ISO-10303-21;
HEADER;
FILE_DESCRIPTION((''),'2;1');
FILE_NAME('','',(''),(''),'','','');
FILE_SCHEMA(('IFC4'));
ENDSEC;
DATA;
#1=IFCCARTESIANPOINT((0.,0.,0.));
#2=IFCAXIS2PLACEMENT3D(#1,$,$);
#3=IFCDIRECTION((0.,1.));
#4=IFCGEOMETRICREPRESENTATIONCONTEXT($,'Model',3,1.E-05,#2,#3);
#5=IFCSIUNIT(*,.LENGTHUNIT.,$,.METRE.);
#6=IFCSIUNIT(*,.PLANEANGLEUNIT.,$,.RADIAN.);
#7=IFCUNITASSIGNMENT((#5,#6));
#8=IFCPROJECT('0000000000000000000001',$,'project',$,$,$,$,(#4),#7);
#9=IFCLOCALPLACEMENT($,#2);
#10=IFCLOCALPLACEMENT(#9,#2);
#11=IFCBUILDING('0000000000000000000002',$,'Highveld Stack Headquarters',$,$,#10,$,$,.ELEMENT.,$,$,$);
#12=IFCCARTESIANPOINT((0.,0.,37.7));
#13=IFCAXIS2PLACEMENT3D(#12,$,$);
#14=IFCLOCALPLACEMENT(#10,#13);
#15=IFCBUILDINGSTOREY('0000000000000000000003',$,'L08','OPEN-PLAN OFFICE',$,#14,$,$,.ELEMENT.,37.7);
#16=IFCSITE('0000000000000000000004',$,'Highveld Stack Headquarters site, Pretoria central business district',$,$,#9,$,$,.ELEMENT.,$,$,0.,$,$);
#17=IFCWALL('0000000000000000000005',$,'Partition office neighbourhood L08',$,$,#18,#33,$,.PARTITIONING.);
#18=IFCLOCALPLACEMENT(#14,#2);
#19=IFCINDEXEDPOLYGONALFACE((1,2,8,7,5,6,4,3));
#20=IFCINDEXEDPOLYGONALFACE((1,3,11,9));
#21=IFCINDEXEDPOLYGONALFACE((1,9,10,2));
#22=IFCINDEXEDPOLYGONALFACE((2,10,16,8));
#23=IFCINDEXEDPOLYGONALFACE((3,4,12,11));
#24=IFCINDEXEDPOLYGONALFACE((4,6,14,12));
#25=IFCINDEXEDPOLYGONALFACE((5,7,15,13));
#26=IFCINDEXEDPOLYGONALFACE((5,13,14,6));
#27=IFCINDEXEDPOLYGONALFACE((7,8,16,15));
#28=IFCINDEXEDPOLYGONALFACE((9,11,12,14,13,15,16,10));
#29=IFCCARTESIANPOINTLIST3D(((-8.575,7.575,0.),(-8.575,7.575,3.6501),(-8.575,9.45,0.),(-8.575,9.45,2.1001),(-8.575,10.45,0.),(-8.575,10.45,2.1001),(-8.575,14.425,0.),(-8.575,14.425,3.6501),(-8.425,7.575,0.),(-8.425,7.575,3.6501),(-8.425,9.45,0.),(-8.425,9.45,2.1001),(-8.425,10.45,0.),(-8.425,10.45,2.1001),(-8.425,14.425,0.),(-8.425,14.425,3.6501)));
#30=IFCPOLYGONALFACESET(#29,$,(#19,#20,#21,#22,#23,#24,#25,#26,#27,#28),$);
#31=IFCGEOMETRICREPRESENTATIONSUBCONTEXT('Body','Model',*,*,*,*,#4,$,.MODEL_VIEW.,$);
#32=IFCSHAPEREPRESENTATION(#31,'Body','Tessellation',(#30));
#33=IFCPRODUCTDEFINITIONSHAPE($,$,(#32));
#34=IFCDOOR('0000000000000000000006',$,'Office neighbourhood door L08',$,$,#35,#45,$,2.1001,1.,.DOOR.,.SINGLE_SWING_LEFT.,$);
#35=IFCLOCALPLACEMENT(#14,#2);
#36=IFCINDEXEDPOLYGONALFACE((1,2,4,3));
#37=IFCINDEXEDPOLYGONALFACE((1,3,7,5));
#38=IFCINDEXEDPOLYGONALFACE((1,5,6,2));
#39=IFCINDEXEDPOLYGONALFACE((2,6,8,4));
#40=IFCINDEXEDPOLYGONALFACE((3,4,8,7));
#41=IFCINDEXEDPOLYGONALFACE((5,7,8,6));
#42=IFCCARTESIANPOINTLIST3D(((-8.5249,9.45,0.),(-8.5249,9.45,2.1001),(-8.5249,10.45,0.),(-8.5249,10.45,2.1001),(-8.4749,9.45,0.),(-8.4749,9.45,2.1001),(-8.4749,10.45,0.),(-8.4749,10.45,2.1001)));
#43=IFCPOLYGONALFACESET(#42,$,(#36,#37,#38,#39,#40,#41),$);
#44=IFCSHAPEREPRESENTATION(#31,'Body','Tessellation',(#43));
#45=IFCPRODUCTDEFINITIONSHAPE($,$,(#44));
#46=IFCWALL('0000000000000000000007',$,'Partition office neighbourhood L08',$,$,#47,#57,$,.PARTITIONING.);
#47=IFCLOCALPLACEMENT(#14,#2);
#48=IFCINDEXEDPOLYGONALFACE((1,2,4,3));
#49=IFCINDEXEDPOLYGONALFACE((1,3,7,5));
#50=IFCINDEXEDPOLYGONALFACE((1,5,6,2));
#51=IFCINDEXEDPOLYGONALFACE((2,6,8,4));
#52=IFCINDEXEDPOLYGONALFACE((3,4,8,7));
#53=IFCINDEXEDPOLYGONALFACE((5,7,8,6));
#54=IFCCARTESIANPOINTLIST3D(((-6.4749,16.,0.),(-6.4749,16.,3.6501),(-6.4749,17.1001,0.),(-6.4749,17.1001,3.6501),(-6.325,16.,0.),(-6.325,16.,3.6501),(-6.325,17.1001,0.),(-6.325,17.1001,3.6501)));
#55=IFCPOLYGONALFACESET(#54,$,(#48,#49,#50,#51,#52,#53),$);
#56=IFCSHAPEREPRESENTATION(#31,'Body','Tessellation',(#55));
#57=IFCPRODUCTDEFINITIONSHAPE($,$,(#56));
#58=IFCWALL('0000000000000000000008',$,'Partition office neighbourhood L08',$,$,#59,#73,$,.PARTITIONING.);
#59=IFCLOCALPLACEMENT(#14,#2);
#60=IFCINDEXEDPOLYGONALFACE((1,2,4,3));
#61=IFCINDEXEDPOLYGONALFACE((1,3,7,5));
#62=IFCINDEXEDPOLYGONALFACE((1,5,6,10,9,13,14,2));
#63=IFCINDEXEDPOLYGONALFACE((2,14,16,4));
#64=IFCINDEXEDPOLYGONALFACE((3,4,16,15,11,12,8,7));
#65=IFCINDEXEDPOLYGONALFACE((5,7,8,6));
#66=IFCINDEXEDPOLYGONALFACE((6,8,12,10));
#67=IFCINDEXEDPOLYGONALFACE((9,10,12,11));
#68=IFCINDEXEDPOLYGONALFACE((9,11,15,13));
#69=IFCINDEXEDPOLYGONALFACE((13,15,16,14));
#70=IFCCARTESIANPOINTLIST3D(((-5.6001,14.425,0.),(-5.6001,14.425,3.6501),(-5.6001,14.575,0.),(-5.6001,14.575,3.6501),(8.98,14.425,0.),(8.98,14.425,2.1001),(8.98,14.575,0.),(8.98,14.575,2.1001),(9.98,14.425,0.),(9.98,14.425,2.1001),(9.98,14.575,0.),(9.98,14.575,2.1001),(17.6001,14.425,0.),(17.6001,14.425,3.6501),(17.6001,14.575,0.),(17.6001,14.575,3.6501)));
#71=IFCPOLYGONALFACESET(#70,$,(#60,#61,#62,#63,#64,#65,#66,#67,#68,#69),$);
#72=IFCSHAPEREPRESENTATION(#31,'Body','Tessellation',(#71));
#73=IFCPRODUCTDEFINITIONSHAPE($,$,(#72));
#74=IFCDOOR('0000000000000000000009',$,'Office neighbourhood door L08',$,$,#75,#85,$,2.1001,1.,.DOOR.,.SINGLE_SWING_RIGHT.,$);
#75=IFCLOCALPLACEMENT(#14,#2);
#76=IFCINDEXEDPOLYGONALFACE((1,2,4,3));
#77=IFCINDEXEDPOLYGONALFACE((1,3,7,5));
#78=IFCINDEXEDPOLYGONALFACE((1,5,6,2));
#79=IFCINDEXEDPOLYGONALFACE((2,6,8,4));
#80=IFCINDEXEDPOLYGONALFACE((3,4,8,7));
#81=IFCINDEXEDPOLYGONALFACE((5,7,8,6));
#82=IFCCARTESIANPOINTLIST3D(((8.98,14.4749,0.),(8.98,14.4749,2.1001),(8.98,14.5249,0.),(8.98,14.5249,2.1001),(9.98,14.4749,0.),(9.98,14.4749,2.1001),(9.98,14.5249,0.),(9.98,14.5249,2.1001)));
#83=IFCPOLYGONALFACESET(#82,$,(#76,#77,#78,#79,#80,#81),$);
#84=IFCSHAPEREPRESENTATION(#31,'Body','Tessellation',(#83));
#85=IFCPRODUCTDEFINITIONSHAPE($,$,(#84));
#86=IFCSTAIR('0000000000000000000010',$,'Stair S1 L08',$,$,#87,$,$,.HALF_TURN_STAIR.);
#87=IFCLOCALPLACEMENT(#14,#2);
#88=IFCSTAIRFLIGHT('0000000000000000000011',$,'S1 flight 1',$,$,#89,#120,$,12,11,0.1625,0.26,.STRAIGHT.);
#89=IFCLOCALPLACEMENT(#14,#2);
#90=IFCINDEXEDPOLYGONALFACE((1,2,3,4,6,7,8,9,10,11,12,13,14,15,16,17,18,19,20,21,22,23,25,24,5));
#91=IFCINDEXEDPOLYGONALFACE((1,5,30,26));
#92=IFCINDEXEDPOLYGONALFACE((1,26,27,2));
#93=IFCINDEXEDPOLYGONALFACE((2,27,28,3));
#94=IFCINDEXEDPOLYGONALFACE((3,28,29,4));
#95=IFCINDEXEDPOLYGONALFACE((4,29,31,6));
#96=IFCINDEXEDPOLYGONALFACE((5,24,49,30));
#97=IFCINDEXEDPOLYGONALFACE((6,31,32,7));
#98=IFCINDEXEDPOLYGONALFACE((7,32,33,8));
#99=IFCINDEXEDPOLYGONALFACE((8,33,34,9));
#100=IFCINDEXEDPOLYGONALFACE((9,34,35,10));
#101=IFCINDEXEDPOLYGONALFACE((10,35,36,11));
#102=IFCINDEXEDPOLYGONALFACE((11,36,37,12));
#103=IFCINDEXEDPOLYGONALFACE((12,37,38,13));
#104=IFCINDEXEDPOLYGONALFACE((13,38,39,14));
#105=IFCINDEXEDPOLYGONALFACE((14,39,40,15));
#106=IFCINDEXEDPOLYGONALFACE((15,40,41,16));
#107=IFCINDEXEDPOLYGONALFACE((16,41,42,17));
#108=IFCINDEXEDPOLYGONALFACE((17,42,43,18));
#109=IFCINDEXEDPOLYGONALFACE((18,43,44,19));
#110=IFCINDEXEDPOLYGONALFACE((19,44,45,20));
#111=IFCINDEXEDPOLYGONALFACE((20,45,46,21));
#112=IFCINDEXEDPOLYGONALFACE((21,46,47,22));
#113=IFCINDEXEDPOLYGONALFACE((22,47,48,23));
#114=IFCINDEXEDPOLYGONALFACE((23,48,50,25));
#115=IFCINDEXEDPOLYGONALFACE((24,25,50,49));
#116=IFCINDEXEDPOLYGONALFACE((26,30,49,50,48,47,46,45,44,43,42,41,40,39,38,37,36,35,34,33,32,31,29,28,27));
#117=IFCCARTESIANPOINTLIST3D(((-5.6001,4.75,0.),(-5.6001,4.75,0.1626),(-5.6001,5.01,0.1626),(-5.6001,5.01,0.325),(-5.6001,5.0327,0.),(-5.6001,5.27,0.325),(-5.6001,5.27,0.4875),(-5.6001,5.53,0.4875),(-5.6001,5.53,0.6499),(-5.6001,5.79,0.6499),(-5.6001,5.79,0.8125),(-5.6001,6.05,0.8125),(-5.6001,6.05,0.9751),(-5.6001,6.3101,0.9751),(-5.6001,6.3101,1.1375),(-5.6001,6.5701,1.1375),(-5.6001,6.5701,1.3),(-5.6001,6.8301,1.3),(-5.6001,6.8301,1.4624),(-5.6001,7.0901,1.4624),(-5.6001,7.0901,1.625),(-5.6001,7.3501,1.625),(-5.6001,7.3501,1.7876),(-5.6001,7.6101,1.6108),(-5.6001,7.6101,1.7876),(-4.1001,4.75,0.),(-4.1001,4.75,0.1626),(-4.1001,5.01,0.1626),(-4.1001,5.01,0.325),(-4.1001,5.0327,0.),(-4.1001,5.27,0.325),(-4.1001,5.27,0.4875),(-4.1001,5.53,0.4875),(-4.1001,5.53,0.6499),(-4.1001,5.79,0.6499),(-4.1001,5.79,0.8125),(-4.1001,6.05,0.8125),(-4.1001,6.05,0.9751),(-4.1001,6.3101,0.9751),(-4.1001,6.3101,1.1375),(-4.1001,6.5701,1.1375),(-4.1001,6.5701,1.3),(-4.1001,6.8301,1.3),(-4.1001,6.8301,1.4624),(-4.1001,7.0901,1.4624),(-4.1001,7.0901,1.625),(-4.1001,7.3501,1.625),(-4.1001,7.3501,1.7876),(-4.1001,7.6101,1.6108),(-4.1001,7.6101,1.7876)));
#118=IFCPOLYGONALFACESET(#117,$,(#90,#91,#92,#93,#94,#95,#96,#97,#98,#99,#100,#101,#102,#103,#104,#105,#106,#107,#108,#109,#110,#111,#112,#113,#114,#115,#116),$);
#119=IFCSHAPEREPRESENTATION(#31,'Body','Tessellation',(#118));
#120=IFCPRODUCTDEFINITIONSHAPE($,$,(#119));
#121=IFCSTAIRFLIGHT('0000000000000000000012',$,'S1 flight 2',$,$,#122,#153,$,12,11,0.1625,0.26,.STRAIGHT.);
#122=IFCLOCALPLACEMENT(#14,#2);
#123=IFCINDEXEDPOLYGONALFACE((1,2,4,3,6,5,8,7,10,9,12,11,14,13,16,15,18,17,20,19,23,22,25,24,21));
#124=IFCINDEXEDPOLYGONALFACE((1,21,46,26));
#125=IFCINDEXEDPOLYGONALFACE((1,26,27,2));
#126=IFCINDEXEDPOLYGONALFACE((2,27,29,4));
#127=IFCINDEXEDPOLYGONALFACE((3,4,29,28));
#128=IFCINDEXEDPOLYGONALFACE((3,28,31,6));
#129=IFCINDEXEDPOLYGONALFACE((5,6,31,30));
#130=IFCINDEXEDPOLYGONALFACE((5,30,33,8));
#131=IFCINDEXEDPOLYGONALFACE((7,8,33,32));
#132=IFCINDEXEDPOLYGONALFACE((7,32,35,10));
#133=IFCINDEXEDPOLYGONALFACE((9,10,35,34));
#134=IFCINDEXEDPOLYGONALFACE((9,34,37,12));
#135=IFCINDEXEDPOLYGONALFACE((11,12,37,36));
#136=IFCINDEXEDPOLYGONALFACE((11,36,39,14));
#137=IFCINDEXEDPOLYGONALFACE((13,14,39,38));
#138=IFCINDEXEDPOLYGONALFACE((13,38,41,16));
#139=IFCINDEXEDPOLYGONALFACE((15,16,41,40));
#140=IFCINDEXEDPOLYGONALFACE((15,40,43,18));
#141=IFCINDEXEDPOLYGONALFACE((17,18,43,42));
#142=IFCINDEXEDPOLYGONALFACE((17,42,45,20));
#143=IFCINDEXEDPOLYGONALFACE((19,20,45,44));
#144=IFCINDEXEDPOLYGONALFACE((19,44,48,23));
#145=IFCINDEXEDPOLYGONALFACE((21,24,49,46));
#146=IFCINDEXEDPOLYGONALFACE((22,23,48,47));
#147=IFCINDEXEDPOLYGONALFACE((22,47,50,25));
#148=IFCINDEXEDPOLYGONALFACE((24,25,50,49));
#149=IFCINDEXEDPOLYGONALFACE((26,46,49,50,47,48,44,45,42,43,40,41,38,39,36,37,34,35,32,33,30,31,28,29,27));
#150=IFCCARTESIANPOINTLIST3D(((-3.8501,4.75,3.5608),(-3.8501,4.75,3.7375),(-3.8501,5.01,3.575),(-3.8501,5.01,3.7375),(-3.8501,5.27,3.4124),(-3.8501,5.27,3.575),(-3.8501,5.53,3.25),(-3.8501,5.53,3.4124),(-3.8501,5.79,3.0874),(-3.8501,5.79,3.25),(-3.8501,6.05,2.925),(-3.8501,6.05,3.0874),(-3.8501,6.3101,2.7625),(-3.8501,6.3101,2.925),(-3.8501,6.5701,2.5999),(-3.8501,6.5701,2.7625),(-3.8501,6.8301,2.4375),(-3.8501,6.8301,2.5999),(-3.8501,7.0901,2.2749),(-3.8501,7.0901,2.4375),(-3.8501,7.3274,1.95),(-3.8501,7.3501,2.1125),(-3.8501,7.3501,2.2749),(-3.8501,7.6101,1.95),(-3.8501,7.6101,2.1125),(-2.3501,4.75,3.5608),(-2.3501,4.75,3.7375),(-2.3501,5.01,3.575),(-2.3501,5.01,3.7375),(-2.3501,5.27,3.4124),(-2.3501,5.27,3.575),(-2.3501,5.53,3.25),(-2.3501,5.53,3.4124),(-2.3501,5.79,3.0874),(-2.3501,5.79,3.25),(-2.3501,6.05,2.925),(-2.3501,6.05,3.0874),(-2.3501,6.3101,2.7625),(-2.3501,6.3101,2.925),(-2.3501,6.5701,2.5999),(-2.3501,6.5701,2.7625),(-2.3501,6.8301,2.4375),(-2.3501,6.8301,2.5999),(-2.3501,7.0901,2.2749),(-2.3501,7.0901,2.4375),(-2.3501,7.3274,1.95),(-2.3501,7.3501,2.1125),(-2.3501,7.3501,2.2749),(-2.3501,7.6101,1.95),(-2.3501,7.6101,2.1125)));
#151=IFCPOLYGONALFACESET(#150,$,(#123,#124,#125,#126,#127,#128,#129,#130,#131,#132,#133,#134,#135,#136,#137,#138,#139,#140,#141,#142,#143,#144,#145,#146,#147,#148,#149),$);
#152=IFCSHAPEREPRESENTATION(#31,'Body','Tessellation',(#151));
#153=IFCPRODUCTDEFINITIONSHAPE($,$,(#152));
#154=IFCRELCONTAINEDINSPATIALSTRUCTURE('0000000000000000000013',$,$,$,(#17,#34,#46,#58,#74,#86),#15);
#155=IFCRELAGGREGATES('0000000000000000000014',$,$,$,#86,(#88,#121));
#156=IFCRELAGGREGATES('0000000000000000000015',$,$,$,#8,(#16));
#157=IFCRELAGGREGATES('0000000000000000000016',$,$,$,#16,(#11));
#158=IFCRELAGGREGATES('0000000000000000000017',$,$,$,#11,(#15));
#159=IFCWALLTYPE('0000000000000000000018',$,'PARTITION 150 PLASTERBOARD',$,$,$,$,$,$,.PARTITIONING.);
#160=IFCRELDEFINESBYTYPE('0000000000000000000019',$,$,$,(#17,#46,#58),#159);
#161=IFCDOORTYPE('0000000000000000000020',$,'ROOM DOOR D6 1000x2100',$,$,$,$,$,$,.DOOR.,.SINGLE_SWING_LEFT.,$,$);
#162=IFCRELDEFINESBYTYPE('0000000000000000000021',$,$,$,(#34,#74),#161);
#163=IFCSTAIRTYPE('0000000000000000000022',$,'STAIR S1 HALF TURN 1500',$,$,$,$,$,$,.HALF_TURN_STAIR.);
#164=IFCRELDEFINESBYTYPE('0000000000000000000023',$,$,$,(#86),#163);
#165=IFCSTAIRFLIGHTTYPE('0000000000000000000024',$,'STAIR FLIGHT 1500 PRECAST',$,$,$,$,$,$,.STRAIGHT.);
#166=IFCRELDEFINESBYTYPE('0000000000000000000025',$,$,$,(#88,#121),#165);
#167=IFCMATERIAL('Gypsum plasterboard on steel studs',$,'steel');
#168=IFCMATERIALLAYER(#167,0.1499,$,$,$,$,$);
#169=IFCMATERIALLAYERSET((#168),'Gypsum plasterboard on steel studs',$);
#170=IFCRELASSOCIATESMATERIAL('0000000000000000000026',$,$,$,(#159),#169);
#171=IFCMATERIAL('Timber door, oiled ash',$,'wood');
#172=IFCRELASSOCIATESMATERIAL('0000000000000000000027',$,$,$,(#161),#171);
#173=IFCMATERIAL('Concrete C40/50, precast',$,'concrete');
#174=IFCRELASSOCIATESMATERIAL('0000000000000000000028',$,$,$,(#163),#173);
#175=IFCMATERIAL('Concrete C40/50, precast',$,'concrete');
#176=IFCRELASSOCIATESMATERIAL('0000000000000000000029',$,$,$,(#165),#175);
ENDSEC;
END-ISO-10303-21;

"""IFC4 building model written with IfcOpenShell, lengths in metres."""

from ifc_helpers import new_model, si_unit, direction, frame, frame_2d, origin, place, context, subcontext, project, spatial, polyline, rectangle, outline, extrude, material, layer, layer_set, type_object, element, fill, aggregate, save


model = new_model("IFC4")

# Units and contexts
model_context = context("Model", 3, precision=1e-05, world=origin(), true_north=direction((0.0, 1.0)))
body_context = subcontext(model_context, "Body", "Model", "MODEL_VIEW")
ifc_project = project(units=[si_unit("LENGTHUNIT", "METRE"), si_unit("PLANEANGLEUNIT", "RADIAN")], contexts=[model_context])

# Site, building, storey
site_placement = place(None, origin())
site = spatial("IfcSite", under=ifc_project, at=site_placement, Name="Highveld Stack Headquarters site, Pretoria central business district", CompositionType="ELEMENT", RefElevation=0.0)
building_placement = place(site_placement, origin())
building = spatial("IfcBuilding", under=site, at=building_placement, Name="Highveld Stack Headquarters", CompositionType="ELEMENT")
storey_placement = place(building_placement, frame((0.0, 0.0, 37.7)))
storey = spatial("IfcBuildingStorey", under=building, at=storey_placement, Name="L08", Description="OPEN-PLAN OFFICE", CompositionType="ELEMENT", Elevation=37.7)

# Wall, opening, door
ifc_material_1 = material(Name="Gypsum plasterboard on steel studs", Category="steel")
ifc_layer_1 = layer(ifc_material_1, 0.1499)
ifc_layer_set_1 = layer_set([ifc_layer_1], Name="Gypsum plasterboard on steel studs")
wall_type_1 = type_object("IfcWallType", Name="PARTITION 150 PLASTERBOARD", PredefinedType="PARTITIONING", material=ifc_layer_set_1)
wall_1_placement = place(storey_placement, frame((-8.5, 7.575, 0.0), z_axis=(0.0, 0.0, 1.0), x_axis=(0.0, 1.0, 0.0)))
wall_1 = element("IfcWall", 1, at=wall_1_placement, inside=storey, type_object=wall_type_1, Name="Partition office neighbourhood L08", PredefinedType="PARTITIONING", context=body_context, shape_type="SweptSolid", body=[
    extrude(rectangle(XDim=6.8501, YDim=0.1499, at=frame_2d((3.425, 0.0))), origin(), (0.0, 0.0, 1.0), 3.6501),
])
opening_1_placement = place(wall_1_placement, frame((1.875, 0.0, 0.0)))
opening_1 = element("IfcOpeningElement", 2, at=opening_1_placement, cuts=wall_1, PredefinedType="OPENING", context=body_context, shape_type="SweptSolid", body=[
    extrude(rectangle(XDim=1.0, YDim=2.1001, at=frame_2d((0.5, 1.05))), frame((0.0, 0.085, 0.0), z_axis=(0.0, -1.0, 0.0), x_axis=(1.0, 0.0, 0.0)), (0.0, 0.0, 1.0), 0.1699),
])
ifc_material_2 = material(Name="Timber door, oiled ash", Category="wood")
door_type_1 = type_object("IfcDoorType", Name="ROOM DOOR D6 1000x2100", OperationType="SINGLE_SWING_LEFT", PredefinedType="DOOR", material=ifc_material_2)
door_1_placement = place(opening_1_placement, origin())
door_1 = element("IfcDoor", 3, at=door_1_placement, inside=storey, type_object=door_type_1, Name="Office neighbourhood door L08", OperationType="SINGLE_SWING_LEFT", OverallHeight=2.1001, OverallWidth=1.0, PredefinedType="DOOR", context=body_context, shape_type="SweptSolid", body=[
    extrude(rectangle(XDim=1.0, YDim=2.1001, at=frame_2d((0.5, 1.05))), frame((0.0, 0.0249, 0.0), z_axis=(0.0, -1.0, 0.0), x_axis=(1.0, 0.0, 0.0)), (0.0, 0.0, 1.0), 0.05),
])
fill(opening_1, door_1)

# Wall
wall_2_placement = place(storey_placement, frame((-6.3999, 16.0, 0.0), z_axis=(0.0, 0.0, 1.0), x_axis=(0.0, 1.0, 0.0)))
element("IfcWall", 4, at=wall_2_placement, inside=storey, type_object=wall_type_1, Name="Partition office neighbourhood L08", PredefinedType="PARTITIONING", context=body_context, shape_type="SweptSolid", body=[
    extrude(rectangle(XDim=1.1001, YDim=0.1499, at=frame_2d((0.55, 0.0))), origin(), (0.0, 0.0, 1.0), 3.6501),
])

# Wall, opening, door
wall_3_placement = place(storey_placement, frame((-5.6001, 14.5, 0.0), z_axis=(0.0, 0.0, 1.0), x_axis=(1.0, 0.0, 0.0)))
wall_3 = element("IfcWall", 5, at=wall_3_placement, inside=storey, type_object=wall_type_1, Name="Partition office neighbourhood L08", PredefinedType="PARTITIONING", context=body_context, shape_type="SweptSolid", body=[
    extrude(rectangle(XDim=23.2002, YDim=0.1499, at=frame_2d((11.6001, 0.0))), origin(), (0.0, 0.0, 1.0), 3.6501),
])
opening_2_placement = place(wall_3_placement, frame((14.5801, 0.0, 0.0)))
opening_2 = element("IfcOpeningElement", 6, at=opening_2_placement, cuts=wall_3, PredefinedType="OPENING", context=body_context, shape_type="SweptSolid", body=[
    extrude(rectangle(XDim=1.0, YDim=2.1001, at=frame_2d((0.5, 1.05))), frame((0.0, 0.085, 0.0), z_axis=(0.0, -1.0, 0.0), x_axis=(1.0, 0.0, 0.0)), (0.0, 0.0, 1.0), 0.1699),
])
door_2_placement = place(opening_2_placement, origin())
door_2 = element("IfcDoor", 7, at=door_2_placement, inside=storey, type_object=door_type_1, Name="Office neighbourhood door L08", OperationType="SINGLE_SWING_RIGHT", OverallHeight=2.1001, OverallWidth=1.0, PredefinedType="DOOR", context=body_context, shape_type="SweptSolid", body=[
    extrude(rectangle(XDim=1.0, YDim=2.1001, at=frame_2d((0.5, 1.05))), frame((0.0, 0.0249, 0.0), z_axis=(0.0, -1.0, 0.0), x_axis=(1.0, 0.0, 0.0)), (0.0, 0.0, 1.0), 0.05),
])
fill(opening_2, door_2)

# Stair, stair flights
ifc_material_3 = material(Name="Concrete C40/50, precast", Category="concrete")
stair_type = type_object("IfcStairType", Name="STAIR S1 HALF TURN 1500", PredefinedType="HALF_TURN_STAIR", material=ifc_material_3)
stair_placement = place(storey_placement, origin())
stair = element("IfcStair", 8, at=stair_placement, inside=storey, type_object=stair_type, Name="Stair S1 L08", PredefinedType="HALF_TURN_STAIR")
ifc_material_4 = material(Name="Concrete C40/50, precast", Category="concrete")
stair_flight_type = type_object("IfcStairFlightType", Name="STAIR FLIGHT 1500 PRECAST", PredefinedType="STRAIGHT", material=ifc_material_4)
stair_flight_1_placement = place(storey_placement, frame((-4.8501, 4.75, 0.0), z_axis=(0.0, 0.0, 1.0), x_axis=(0.0, 1.0, 0.0)))
stair_flight_1 = element("IfcStairFlight", 9, at=stair_flight_1_placement, type_object=stair_flight_type, Name="S1 flight 1", NumberOfRisers=12, NumberOfTreads=11, PredefinedType="STRAIGHT", RiserHeight=0.1625, TreadLength=0.26, context=body_context, shape_type="SweptSolid", body=[
    extrude(outline(polyline([(0.0, 0.0), (0.0, 0.1626), (0.26, 0.1626), (0.26, 0.325), (0.52, 0.325), (0.52, 0.4875), (0.78, 0.4875), (0.78, 0.6499), (1.04, 0.6499), (1.04, 0.8125), (1.3, 0.8125), (1.3, 0.9751), (1.5601, 0.9751), (1.5601, 1.1375), (1.8201, 1.1375), (1.8201, 1.3), (2.0801, 1.3), (2.0801, 1.4624), (2.3401, 1.4624), (2.3401, 1.625), (2.6001, 1.625), (2.6001, 1.7876), (2.8601, 1.7876), (2.8601, 1.95), (2.8601, 1.6108), (0.2827, 0.0), (0.0, 0.0)])), frame((0.0, 0.75, 0.0), z_axis=(0.0, -1.0, 0.0), x_axis=(1.0, 0.0, 0.0)), (0.0, 0.0, 1.0), 1.5),
])
stair_flight_2_placement = place(storey_placement, frame((-3.1001, 7.6101, 1.95), z_axis=(0.0, 0.0, 1.0), x_axis=(0.0, -1.0, 0.0)))
stair_flight_2 = element("IfcStairFlight", 10, at=stair_flight_2_placement, type_object=stair_flight_type, Name="S1 flight 2", NumberOfRisers=12, NumberOfTreads=11, PredefinedType="STRAIGHT", RiserHeight=0.1625, TreadLength=0.26, context=body_context, shape_type="SweptSolid", body=[
    extrude(outline(polyline([(0.0, 0.0), (0.0, 0.1626), (0.26, 0.1626), (0.26, 0.325), (0.52, 0.325), (0.52, 0.4875), (0.78, 0.4875), (0.78, 0.6499), (1.04, 0.6499), (1.04, 0.8125), (1.3, 0.8125), (1.3, 0.9751), (1.5601, 0.9751), (1.5601, 1.1375), (1.8201, 1.1375), (1.8201, 1.3), (2.0801, 1.3), (2.0801, 1.4624), (2.3401, 1.4624), (2.3401, 1.625), (2.6001, 1.625), (2.6001, 1.7876), (2.8601, 1.7876), (2.8601, 1.95), (2.8601, 1.6108), (0.2827, 0.0), (0.0, 0.0)])), frame((0.0, 0.75, 0.0), z_axis=(0.0, -1.0, 0.0), x_axis=(1.0, 0.0, 0.0)), (0.0, 0.0, 1.0), 1.5),
])
aggregate(stair, [stair_flight_1, stair_flight_2])

save(model, "model.ifc")
